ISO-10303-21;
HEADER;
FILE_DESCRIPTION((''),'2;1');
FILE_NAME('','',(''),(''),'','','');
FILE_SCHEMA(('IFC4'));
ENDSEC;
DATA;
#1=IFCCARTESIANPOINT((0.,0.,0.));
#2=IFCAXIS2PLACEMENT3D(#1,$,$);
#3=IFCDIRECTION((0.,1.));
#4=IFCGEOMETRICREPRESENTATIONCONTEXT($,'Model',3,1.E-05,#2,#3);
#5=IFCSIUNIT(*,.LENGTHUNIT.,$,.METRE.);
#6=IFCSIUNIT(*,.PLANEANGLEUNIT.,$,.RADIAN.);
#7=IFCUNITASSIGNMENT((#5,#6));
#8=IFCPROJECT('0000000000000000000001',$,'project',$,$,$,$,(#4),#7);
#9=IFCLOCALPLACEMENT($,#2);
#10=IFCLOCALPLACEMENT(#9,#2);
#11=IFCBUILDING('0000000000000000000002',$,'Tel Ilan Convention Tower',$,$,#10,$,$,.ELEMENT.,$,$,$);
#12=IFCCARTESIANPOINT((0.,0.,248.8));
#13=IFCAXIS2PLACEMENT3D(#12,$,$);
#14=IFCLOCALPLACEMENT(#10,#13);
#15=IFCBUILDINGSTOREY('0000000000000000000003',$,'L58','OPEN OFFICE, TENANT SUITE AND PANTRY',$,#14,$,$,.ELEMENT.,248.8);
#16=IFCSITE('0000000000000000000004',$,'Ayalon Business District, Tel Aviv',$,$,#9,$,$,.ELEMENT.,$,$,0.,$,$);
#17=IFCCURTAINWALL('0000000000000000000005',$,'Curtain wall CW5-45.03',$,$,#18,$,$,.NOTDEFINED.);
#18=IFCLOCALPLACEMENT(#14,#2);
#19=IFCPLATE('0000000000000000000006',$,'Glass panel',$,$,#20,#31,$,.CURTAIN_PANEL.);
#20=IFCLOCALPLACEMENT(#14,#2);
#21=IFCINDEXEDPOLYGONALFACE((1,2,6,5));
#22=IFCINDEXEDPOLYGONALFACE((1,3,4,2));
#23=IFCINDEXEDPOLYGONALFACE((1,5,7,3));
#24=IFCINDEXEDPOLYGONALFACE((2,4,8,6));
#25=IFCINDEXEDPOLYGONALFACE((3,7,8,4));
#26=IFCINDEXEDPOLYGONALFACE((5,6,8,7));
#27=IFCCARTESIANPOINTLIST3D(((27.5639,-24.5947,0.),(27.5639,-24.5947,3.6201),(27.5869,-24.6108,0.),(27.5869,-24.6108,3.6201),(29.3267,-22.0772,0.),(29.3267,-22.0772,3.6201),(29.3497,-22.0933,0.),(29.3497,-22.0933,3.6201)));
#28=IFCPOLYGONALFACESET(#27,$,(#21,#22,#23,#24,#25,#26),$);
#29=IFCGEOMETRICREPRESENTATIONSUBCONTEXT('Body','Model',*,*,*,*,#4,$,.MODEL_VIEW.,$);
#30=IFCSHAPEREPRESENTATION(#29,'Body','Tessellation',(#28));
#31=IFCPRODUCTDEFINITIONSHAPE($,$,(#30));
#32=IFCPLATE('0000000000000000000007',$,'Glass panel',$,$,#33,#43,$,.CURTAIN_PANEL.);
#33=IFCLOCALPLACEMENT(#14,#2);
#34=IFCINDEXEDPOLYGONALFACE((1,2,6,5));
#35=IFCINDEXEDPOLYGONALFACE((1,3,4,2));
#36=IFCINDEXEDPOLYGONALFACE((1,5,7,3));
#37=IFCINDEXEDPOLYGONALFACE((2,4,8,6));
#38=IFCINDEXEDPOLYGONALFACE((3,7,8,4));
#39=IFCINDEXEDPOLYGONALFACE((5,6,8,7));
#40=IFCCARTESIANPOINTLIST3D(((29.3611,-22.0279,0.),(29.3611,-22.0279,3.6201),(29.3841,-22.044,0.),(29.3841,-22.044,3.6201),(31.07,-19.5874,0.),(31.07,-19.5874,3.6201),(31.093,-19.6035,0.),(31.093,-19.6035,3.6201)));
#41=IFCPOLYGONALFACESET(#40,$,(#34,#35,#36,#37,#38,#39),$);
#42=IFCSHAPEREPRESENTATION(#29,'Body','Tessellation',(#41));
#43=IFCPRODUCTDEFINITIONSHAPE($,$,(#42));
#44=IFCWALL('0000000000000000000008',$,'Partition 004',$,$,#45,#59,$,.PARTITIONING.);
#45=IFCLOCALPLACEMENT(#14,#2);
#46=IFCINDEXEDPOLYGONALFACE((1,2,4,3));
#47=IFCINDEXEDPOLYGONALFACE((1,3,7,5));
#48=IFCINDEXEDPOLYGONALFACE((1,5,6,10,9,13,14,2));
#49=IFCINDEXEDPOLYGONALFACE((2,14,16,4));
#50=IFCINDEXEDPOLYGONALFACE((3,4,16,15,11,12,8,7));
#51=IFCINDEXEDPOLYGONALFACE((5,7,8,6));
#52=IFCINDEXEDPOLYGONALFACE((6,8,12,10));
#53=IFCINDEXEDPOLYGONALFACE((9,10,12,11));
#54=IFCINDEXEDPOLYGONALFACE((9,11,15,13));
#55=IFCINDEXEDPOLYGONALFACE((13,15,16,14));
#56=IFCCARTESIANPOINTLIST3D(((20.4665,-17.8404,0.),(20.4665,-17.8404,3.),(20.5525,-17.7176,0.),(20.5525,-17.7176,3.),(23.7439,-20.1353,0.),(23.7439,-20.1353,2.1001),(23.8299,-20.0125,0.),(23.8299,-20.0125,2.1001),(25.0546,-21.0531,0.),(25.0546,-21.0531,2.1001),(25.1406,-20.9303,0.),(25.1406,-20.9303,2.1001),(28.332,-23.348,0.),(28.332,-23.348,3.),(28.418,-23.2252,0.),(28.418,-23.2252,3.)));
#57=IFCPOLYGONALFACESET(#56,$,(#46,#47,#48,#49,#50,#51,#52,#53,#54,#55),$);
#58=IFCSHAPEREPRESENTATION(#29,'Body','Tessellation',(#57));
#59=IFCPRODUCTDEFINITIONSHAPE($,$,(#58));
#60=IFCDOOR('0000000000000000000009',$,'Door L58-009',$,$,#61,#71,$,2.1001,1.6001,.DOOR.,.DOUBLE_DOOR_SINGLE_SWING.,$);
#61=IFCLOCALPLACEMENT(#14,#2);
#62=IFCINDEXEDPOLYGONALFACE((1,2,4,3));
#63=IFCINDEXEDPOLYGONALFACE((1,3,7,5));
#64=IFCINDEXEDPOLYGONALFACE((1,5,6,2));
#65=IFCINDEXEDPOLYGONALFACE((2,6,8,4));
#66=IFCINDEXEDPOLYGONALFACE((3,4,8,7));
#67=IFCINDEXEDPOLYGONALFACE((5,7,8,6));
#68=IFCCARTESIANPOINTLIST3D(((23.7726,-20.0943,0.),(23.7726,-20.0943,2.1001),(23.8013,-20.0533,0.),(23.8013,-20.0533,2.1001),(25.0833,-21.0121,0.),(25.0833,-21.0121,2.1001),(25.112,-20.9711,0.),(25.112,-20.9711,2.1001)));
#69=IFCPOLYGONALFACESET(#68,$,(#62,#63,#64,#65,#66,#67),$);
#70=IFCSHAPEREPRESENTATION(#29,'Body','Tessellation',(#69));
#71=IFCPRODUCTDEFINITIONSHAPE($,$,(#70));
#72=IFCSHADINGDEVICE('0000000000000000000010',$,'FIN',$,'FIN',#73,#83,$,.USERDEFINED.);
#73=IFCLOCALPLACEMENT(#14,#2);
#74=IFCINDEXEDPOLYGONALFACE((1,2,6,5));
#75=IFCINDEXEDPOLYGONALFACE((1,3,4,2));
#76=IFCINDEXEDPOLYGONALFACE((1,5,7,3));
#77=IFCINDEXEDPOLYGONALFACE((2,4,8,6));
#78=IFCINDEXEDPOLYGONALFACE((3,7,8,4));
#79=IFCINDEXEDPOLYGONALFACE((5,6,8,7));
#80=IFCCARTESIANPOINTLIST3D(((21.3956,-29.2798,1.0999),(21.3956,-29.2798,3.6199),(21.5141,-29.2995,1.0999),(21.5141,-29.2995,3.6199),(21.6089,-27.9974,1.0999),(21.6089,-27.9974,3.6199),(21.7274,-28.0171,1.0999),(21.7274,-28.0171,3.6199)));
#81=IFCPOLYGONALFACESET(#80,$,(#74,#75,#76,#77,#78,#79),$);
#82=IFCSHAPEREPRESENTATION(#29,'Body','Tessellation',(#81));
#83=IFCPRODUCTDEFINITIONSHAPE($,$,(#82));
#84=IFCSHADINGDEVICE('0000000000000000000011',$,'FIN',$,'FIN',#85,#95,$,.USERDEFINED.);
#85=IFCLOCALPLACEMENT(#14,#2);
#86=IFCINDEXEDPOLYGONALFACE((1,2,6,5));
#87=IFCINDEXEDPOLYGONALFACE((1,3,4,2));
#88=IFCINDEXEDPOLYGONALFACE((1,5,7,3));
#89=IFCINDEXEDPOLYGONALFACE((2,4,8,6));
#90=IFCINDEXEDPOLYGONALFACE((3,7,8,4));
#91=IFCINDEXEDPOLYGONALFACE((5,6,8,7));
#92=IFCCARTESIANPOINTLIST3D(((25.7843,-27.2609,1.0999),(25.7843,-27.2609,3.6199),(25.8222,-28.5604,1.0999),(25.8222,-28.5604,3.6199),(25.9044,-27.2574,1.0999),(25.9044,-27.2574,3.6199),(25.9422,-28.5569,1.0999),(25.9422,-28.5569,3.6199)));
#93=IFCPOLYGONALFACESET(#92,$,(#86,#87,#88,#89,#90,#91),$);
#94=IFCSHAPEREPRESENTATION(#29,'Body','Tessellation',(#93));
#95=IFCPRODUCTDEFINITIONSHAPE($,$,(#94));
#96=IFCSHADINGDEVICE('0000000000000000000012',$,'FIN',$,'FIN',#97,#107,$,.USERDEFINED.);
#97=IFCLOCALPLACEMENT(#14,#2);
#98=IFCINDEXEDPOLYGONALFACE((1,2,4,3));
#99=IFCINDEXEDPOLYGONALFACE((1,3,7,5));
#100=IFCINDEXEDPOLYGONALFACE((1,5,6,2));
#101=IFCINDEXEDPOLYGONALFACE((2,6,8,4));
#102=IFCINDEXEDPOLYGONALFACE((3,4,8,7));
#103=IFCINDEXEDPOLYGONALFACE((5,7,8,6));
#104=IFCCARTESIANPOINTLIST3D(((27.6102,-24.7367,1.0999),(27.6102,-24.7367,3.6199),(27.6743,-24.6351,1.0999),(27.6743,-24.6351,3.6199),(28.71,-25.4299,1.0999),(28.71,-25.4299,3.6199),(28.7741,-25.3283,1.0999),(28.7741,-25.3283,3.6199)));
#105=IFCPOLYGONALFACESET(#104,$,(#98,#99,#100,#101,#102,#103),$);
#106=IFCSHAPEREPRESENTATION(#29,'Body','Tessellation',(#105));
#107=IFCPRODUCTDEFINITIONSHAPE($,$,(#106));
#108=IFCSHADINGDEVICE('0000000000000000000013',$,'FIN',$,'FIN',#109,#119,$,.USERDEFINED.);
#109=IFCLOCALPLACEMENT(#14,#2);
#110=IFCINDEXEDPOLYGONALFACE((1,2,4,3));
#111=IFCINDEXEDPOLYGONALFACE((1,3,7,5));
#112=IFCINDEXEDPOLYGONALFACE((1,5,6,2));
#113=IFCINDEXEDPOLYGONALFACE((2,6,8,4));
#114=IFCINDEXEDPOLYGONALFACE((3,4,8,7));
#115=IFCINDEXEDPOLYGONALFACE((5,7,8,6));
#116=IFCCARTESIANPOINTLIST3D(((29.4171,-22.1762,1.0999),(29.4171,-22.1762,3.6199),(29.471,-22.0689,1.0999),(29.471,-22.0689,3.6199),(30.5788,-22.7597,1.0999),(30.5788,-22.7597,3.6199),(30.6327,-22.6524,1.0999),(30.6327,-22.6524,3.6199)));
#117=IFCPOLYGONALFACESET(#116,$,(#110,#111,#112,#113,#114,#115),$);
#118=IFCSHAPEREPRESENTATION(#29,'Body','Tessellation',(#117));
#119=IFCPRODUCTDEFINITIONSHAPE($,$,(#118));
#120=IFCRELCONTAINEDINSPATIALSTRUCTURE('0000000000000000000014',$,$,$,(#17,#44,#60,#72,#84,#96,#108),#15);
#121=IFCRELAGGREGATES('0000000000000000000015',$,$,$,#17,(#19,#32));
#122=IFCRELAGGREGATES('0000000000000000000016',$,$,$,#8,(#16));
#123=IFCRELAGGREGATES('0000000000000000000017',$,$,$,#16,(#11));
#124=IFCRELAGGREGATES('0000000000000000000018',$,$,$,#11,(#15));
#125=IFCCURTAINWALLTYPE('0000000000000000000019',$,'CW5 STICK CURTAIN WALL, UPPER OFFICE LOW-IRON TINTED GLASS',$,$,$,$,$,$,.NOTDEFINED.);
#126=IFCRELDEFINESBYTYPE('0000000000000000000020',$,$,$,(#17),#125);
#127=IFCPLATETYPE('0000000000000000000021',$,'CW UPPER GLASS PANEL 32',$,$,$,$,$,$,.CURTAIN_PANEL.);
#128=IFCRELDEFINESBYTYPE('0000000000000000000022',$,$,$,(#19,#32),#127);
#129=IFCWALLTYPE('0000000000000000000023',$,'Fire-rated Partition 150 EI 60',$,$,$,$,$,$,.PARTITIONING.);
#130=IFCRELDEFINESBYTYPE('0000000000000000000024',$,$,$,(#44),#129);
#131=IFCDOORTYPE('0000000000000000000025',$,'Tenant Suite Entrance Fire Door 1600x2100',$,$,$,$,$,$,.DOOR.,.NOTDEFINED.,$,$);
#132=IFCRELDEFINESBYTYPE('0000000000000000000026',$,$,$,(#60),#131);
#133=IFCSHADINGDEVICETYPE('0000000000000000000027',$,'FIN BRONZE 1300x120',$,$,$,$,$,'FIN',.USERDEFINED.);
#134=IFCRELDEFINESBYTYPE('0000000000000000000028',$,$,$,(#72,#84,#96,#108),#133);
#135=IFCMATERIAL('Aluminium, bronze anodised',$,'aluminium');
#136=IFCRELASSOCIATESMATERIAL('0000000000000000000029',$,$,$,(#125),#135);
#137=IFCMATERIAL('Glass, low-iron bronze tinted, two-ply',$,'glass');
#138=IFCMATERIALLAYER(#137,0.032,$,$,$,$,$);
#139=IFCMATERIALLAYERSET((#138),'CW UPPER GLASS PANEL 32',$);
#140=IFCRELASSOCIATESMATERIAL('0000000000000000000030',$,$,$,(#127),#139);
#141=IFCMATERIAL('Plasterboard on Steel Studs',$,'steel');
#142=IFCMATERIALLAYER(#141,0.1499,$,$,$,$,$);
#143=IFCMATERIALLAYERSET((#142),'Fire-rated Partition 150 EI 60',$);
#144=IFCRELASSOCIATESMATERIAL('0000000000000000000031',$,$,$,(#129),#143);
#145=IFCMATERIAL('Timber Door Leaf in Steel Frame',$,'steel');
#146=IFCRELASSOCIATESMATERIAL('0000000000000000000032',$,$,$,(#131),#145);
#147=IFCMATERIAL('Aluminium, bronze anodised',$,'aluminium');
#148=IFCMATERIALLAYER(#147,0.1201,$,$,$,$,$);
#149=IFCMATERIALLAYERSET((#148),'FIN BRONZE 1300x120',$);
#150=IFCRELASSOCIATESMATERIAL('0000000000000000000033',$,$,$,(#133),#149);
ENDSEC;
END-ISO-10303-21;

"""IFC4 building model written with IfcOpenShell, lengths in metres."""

from ifc_helpers import new_model, si_unit, direction, frame, frame_2d, origin, origin_2d, place, context, subcontext, project, spatial, rectangle, extrude, material, layer, layer_set, type_object, element, fill, aggregate, save


model = new_model("IFC4")

# Units and contexts
model_context = context("Model", 3, precision=1e-05, world=origin(), true_north=direction((0.0, 1.0)))
body_context = subcontext(model_context, "Body", "Model", "MODEL_VIEW")
ifc_project = project(units=[si_unit("LENGTHUNIT", "METRE"), si_unit("PLANEANGLEUNIT", "RADIAN")], contexts=[model_context])

# Site, building, storey
site_placement = place(None, origin())
site = spatial("IfcSite", under=ifc_project, at=site_placement, Name="Ayalon Business District, Tel Aviv", CompositionType="ELEMENT", RefElevation=0.0)
building_placement = place(site_placement, origin())
building = spatial("IfcBuilding", under=site, at=building_placement, Name="Tel Ilan Convention Tower", CompositionType="ELEMENT")
storey_placement = place(building_placement, frame((0.0, 0.0, 248.8)))
storey = spatial("IfcBuildingStorey", under=building, at=storey_placement, Name="L58", Description="OPEN OFFICE, TENANT SUITE AND PANTRY", CompositionType="ELEMENT", Elevation=248.8)

# Curtain wall, plates
ifc_material_1 = material(Name="Aluminium, bronze anodised", Category="aluminium")
curtain_wall_type = type_object("IfcCurtainWallType", Name="CW5 STICK CURTAIN WALL, UPPER OFFICE LOW-IRON TINTED GLASS", PredefinedType="NOTDEFINED", material=ifc_material_1)
curtain_wall_placement = place(storey_placement, origin())
curtain_wall = element("IfcCurtainWall", 1, at=curtain_wall_placement, inside=storey, type_object=curtain_wall_type, Name="Curtain wall CW5-45.03", PredefinedType="NOTDEFINED")
ifc_material_2 = material(Name="Glass, low-iron bronze tinted, two-ply", Category="glass")
ifc_layer_1 = layer(ifc_material_2, 0.032)
ifc_layer_set_1 = layer_set([ifc_layer_1], Name="CW UPPER GLASS PANEL 32")
plate_type = type_object("IfcPlateType", Name="CW UPPER GLASS PANEL 32", PredefinedType="CURTAIN_PANEL", material=ifc_layer_set_1)
plate_1_placement = place(storey_placement, frame((28.4568, -23.344, 0.0), z_axis=(0.0, 0.0, 1.0), x_axis=(0.573576, 0.819152, 0.0)))
plate_1 = element("IfcPlate", 2, at=plate_1_placement, type_object=plate_type, Name="Glass panel", PredefinedType="CURTAIN_PANEL", context=body_context, shape_type="SweptSolid", body=[
    extrude(rectangle(XDim=3.0732, YDim=0.0281, at=origin_2d()), origin(), (0.0, 0.0, 1.0), 3.6201),
])
plate_2_placement = place(storey_placement, frame((30.2271, -20.8157, 0.0), z_axis=(0.0, 0.0, 1.0), x_axis=(0.573576, 0.819152, 0.0)))
plate_2 = element("IfcPlate", 3, at=plate_2_placement, type_object=plate_type, Name="Glass panel", PredefinedType="CURTAIN_PANEL", context=body_context, shape_type="SweptSolid", body=[
    extrude(rectangle(XDim=2.9792, YDim=0.0281, at=origin_2d()), origin(), (0.0, 0.0, 1.0), 3.6201),
])
aggregate(curtain_wall, [plate_1, plate_2])

# Wall, opening, door
ifc_material_3 = material(Name="Plasterboard on Steel Studs", Category="steel")
ifc_layer_2 = layer(ifc_material_3, 0.1499)
ifc_layer_set_2 = layer_set([ifc_layer_2], Name="Fire-rated Partition 150 EI 60")
wall_type = type_object("IfcWallType", Name="Fire-rated Partition 150 EI 60", PredefinedType="PARTITIONING", material=ifc_layer_set_2)
wall_placement = place(storey_placement, frame((28.375, -23.2866, 0.0), z_axis=(0.0, 0.0, 1.0), x_axis=(-0.819147, 0.573583, 0.0)))
wall = element("IfcWall", 4, at=wall_placement, inside=storey, type_object=wall_type, Name="Partition 004", PredefinedType="PARTITIONING", context=body_context, shape_type="SweptSolid", body=[
    extrude(rectangle(XDim=9.6021, YDim=0.1499, at=frame_2d((4.801, 0.0))), origin(), (0.0, 0.0, 1.0), 3.0),
])
opening_placement = place(wall_placement, frame((4.001, 0.0, 0.0)))
opening = element("IfcOpeningElement", 5, at=opening_placement, cuts=wall, PredefinedType="OPENING", context=body_context, shape_type="SweptSolid", body=[
    extrude(rectangle(XDim=1.6001, YDim=2.1001, at=frame_2d((0.8, 1.05))), frame((0.0, 0.085, 0.0), z_axis=(0.0, -1.0, 0.0), x_axis=(1.0, 0.0, 0.0)), (0.0, 0.0, 1.0), 0.1699),
])
ifc_material_4 = material(Name="Timber Door Leaf in Steel Frame", Category="steel")
door_type = type_object("IfcDoorType", Name="Tenant Suite Entrance Fire Door 1600x2100", OperationType="NOTDEFINED", PredefinedType="DOOR", material=ifc_material_4)
door_placement = place(opening_placement, origin())
door = element("IfcDoor", 6, at=door_placement, inside=storey, type_object=door_type, Name="Door L58-009", OperationType="DOUBLE_DOOR_SINGLE_SWING", OverallHeight=2.1001, OverallWidth=1.6001, PredefinedType="DOOR", context=body_context, shape_type="SweptSolid", body=[
    extrude(rectangle(XDim=1.6001, YDim=2.1001, at=frame_2d((0.8, 1.05))), frame((0.0, 0.0249, 0.0), z_axis=(0.0, -1.0, 0.0), x_axis=(1.0, 0.0, 0.0)), (0.0, 0.0, 1.0), 0.05),
])
fill(opening, door)

# Shading devices
ifc_material_5 = material(Name="Aluminium, bronze anodised", Category="aluminium")
ifc_layer_3 = layer(ifc_material_5, 0.1201)
ifc_layer_set_3 = layer_set([ifc_layer_3], Name="FIN BRONZE 1300x120")
shading_device_type = type_object("IfcShadingDeviceType", Name="FIN BRONZE 1300x120", ElementType="FIN", PredefinedType="USERDEFINED", material=ifc_layer_set_3)
for number, where, z_axis, x_axis, name in (
    (7, (21.5615, -28.6484, 1.0999), (0.0, 0.0, 1.0), (-0.164091, -0.986445, 0.0), "FIN"),
    (8, (25.8633, -27.9089, 1.0999), (0.0, 0.0, 1.0), (0.029085, -0.999577, 0.0), "FIN"),
    (9, (28.1921, -25.0325, 1.0999), (0.0, 0.0, 1.0), (0.845986, -0.533204, 0.0), "FIN"),
    (10, (30.0249, -22.4143, 1.0999), (0.0, 0.0, 1.0), (0.893633, -0.448799, 0.0), "FIN"),
):
    element("IfcShadingDevice", number, at=place(storey_placement, frame(where, z_axis=z_axis, x_axis=x_axis)), inside=storey, type_object=shading_device_type, Name=name, ObjectType="FIN", PredefinedType="USERDEFINED", context=body_context, shape_type="SweptSolid", body=[
        extrude(rectangle(XDim=1.3, YDim=0.1201, at=origin_2d()), origin(), (0.0, 0.0, 1.0), 2.52),
    ])

save(model, "model.ifc")
